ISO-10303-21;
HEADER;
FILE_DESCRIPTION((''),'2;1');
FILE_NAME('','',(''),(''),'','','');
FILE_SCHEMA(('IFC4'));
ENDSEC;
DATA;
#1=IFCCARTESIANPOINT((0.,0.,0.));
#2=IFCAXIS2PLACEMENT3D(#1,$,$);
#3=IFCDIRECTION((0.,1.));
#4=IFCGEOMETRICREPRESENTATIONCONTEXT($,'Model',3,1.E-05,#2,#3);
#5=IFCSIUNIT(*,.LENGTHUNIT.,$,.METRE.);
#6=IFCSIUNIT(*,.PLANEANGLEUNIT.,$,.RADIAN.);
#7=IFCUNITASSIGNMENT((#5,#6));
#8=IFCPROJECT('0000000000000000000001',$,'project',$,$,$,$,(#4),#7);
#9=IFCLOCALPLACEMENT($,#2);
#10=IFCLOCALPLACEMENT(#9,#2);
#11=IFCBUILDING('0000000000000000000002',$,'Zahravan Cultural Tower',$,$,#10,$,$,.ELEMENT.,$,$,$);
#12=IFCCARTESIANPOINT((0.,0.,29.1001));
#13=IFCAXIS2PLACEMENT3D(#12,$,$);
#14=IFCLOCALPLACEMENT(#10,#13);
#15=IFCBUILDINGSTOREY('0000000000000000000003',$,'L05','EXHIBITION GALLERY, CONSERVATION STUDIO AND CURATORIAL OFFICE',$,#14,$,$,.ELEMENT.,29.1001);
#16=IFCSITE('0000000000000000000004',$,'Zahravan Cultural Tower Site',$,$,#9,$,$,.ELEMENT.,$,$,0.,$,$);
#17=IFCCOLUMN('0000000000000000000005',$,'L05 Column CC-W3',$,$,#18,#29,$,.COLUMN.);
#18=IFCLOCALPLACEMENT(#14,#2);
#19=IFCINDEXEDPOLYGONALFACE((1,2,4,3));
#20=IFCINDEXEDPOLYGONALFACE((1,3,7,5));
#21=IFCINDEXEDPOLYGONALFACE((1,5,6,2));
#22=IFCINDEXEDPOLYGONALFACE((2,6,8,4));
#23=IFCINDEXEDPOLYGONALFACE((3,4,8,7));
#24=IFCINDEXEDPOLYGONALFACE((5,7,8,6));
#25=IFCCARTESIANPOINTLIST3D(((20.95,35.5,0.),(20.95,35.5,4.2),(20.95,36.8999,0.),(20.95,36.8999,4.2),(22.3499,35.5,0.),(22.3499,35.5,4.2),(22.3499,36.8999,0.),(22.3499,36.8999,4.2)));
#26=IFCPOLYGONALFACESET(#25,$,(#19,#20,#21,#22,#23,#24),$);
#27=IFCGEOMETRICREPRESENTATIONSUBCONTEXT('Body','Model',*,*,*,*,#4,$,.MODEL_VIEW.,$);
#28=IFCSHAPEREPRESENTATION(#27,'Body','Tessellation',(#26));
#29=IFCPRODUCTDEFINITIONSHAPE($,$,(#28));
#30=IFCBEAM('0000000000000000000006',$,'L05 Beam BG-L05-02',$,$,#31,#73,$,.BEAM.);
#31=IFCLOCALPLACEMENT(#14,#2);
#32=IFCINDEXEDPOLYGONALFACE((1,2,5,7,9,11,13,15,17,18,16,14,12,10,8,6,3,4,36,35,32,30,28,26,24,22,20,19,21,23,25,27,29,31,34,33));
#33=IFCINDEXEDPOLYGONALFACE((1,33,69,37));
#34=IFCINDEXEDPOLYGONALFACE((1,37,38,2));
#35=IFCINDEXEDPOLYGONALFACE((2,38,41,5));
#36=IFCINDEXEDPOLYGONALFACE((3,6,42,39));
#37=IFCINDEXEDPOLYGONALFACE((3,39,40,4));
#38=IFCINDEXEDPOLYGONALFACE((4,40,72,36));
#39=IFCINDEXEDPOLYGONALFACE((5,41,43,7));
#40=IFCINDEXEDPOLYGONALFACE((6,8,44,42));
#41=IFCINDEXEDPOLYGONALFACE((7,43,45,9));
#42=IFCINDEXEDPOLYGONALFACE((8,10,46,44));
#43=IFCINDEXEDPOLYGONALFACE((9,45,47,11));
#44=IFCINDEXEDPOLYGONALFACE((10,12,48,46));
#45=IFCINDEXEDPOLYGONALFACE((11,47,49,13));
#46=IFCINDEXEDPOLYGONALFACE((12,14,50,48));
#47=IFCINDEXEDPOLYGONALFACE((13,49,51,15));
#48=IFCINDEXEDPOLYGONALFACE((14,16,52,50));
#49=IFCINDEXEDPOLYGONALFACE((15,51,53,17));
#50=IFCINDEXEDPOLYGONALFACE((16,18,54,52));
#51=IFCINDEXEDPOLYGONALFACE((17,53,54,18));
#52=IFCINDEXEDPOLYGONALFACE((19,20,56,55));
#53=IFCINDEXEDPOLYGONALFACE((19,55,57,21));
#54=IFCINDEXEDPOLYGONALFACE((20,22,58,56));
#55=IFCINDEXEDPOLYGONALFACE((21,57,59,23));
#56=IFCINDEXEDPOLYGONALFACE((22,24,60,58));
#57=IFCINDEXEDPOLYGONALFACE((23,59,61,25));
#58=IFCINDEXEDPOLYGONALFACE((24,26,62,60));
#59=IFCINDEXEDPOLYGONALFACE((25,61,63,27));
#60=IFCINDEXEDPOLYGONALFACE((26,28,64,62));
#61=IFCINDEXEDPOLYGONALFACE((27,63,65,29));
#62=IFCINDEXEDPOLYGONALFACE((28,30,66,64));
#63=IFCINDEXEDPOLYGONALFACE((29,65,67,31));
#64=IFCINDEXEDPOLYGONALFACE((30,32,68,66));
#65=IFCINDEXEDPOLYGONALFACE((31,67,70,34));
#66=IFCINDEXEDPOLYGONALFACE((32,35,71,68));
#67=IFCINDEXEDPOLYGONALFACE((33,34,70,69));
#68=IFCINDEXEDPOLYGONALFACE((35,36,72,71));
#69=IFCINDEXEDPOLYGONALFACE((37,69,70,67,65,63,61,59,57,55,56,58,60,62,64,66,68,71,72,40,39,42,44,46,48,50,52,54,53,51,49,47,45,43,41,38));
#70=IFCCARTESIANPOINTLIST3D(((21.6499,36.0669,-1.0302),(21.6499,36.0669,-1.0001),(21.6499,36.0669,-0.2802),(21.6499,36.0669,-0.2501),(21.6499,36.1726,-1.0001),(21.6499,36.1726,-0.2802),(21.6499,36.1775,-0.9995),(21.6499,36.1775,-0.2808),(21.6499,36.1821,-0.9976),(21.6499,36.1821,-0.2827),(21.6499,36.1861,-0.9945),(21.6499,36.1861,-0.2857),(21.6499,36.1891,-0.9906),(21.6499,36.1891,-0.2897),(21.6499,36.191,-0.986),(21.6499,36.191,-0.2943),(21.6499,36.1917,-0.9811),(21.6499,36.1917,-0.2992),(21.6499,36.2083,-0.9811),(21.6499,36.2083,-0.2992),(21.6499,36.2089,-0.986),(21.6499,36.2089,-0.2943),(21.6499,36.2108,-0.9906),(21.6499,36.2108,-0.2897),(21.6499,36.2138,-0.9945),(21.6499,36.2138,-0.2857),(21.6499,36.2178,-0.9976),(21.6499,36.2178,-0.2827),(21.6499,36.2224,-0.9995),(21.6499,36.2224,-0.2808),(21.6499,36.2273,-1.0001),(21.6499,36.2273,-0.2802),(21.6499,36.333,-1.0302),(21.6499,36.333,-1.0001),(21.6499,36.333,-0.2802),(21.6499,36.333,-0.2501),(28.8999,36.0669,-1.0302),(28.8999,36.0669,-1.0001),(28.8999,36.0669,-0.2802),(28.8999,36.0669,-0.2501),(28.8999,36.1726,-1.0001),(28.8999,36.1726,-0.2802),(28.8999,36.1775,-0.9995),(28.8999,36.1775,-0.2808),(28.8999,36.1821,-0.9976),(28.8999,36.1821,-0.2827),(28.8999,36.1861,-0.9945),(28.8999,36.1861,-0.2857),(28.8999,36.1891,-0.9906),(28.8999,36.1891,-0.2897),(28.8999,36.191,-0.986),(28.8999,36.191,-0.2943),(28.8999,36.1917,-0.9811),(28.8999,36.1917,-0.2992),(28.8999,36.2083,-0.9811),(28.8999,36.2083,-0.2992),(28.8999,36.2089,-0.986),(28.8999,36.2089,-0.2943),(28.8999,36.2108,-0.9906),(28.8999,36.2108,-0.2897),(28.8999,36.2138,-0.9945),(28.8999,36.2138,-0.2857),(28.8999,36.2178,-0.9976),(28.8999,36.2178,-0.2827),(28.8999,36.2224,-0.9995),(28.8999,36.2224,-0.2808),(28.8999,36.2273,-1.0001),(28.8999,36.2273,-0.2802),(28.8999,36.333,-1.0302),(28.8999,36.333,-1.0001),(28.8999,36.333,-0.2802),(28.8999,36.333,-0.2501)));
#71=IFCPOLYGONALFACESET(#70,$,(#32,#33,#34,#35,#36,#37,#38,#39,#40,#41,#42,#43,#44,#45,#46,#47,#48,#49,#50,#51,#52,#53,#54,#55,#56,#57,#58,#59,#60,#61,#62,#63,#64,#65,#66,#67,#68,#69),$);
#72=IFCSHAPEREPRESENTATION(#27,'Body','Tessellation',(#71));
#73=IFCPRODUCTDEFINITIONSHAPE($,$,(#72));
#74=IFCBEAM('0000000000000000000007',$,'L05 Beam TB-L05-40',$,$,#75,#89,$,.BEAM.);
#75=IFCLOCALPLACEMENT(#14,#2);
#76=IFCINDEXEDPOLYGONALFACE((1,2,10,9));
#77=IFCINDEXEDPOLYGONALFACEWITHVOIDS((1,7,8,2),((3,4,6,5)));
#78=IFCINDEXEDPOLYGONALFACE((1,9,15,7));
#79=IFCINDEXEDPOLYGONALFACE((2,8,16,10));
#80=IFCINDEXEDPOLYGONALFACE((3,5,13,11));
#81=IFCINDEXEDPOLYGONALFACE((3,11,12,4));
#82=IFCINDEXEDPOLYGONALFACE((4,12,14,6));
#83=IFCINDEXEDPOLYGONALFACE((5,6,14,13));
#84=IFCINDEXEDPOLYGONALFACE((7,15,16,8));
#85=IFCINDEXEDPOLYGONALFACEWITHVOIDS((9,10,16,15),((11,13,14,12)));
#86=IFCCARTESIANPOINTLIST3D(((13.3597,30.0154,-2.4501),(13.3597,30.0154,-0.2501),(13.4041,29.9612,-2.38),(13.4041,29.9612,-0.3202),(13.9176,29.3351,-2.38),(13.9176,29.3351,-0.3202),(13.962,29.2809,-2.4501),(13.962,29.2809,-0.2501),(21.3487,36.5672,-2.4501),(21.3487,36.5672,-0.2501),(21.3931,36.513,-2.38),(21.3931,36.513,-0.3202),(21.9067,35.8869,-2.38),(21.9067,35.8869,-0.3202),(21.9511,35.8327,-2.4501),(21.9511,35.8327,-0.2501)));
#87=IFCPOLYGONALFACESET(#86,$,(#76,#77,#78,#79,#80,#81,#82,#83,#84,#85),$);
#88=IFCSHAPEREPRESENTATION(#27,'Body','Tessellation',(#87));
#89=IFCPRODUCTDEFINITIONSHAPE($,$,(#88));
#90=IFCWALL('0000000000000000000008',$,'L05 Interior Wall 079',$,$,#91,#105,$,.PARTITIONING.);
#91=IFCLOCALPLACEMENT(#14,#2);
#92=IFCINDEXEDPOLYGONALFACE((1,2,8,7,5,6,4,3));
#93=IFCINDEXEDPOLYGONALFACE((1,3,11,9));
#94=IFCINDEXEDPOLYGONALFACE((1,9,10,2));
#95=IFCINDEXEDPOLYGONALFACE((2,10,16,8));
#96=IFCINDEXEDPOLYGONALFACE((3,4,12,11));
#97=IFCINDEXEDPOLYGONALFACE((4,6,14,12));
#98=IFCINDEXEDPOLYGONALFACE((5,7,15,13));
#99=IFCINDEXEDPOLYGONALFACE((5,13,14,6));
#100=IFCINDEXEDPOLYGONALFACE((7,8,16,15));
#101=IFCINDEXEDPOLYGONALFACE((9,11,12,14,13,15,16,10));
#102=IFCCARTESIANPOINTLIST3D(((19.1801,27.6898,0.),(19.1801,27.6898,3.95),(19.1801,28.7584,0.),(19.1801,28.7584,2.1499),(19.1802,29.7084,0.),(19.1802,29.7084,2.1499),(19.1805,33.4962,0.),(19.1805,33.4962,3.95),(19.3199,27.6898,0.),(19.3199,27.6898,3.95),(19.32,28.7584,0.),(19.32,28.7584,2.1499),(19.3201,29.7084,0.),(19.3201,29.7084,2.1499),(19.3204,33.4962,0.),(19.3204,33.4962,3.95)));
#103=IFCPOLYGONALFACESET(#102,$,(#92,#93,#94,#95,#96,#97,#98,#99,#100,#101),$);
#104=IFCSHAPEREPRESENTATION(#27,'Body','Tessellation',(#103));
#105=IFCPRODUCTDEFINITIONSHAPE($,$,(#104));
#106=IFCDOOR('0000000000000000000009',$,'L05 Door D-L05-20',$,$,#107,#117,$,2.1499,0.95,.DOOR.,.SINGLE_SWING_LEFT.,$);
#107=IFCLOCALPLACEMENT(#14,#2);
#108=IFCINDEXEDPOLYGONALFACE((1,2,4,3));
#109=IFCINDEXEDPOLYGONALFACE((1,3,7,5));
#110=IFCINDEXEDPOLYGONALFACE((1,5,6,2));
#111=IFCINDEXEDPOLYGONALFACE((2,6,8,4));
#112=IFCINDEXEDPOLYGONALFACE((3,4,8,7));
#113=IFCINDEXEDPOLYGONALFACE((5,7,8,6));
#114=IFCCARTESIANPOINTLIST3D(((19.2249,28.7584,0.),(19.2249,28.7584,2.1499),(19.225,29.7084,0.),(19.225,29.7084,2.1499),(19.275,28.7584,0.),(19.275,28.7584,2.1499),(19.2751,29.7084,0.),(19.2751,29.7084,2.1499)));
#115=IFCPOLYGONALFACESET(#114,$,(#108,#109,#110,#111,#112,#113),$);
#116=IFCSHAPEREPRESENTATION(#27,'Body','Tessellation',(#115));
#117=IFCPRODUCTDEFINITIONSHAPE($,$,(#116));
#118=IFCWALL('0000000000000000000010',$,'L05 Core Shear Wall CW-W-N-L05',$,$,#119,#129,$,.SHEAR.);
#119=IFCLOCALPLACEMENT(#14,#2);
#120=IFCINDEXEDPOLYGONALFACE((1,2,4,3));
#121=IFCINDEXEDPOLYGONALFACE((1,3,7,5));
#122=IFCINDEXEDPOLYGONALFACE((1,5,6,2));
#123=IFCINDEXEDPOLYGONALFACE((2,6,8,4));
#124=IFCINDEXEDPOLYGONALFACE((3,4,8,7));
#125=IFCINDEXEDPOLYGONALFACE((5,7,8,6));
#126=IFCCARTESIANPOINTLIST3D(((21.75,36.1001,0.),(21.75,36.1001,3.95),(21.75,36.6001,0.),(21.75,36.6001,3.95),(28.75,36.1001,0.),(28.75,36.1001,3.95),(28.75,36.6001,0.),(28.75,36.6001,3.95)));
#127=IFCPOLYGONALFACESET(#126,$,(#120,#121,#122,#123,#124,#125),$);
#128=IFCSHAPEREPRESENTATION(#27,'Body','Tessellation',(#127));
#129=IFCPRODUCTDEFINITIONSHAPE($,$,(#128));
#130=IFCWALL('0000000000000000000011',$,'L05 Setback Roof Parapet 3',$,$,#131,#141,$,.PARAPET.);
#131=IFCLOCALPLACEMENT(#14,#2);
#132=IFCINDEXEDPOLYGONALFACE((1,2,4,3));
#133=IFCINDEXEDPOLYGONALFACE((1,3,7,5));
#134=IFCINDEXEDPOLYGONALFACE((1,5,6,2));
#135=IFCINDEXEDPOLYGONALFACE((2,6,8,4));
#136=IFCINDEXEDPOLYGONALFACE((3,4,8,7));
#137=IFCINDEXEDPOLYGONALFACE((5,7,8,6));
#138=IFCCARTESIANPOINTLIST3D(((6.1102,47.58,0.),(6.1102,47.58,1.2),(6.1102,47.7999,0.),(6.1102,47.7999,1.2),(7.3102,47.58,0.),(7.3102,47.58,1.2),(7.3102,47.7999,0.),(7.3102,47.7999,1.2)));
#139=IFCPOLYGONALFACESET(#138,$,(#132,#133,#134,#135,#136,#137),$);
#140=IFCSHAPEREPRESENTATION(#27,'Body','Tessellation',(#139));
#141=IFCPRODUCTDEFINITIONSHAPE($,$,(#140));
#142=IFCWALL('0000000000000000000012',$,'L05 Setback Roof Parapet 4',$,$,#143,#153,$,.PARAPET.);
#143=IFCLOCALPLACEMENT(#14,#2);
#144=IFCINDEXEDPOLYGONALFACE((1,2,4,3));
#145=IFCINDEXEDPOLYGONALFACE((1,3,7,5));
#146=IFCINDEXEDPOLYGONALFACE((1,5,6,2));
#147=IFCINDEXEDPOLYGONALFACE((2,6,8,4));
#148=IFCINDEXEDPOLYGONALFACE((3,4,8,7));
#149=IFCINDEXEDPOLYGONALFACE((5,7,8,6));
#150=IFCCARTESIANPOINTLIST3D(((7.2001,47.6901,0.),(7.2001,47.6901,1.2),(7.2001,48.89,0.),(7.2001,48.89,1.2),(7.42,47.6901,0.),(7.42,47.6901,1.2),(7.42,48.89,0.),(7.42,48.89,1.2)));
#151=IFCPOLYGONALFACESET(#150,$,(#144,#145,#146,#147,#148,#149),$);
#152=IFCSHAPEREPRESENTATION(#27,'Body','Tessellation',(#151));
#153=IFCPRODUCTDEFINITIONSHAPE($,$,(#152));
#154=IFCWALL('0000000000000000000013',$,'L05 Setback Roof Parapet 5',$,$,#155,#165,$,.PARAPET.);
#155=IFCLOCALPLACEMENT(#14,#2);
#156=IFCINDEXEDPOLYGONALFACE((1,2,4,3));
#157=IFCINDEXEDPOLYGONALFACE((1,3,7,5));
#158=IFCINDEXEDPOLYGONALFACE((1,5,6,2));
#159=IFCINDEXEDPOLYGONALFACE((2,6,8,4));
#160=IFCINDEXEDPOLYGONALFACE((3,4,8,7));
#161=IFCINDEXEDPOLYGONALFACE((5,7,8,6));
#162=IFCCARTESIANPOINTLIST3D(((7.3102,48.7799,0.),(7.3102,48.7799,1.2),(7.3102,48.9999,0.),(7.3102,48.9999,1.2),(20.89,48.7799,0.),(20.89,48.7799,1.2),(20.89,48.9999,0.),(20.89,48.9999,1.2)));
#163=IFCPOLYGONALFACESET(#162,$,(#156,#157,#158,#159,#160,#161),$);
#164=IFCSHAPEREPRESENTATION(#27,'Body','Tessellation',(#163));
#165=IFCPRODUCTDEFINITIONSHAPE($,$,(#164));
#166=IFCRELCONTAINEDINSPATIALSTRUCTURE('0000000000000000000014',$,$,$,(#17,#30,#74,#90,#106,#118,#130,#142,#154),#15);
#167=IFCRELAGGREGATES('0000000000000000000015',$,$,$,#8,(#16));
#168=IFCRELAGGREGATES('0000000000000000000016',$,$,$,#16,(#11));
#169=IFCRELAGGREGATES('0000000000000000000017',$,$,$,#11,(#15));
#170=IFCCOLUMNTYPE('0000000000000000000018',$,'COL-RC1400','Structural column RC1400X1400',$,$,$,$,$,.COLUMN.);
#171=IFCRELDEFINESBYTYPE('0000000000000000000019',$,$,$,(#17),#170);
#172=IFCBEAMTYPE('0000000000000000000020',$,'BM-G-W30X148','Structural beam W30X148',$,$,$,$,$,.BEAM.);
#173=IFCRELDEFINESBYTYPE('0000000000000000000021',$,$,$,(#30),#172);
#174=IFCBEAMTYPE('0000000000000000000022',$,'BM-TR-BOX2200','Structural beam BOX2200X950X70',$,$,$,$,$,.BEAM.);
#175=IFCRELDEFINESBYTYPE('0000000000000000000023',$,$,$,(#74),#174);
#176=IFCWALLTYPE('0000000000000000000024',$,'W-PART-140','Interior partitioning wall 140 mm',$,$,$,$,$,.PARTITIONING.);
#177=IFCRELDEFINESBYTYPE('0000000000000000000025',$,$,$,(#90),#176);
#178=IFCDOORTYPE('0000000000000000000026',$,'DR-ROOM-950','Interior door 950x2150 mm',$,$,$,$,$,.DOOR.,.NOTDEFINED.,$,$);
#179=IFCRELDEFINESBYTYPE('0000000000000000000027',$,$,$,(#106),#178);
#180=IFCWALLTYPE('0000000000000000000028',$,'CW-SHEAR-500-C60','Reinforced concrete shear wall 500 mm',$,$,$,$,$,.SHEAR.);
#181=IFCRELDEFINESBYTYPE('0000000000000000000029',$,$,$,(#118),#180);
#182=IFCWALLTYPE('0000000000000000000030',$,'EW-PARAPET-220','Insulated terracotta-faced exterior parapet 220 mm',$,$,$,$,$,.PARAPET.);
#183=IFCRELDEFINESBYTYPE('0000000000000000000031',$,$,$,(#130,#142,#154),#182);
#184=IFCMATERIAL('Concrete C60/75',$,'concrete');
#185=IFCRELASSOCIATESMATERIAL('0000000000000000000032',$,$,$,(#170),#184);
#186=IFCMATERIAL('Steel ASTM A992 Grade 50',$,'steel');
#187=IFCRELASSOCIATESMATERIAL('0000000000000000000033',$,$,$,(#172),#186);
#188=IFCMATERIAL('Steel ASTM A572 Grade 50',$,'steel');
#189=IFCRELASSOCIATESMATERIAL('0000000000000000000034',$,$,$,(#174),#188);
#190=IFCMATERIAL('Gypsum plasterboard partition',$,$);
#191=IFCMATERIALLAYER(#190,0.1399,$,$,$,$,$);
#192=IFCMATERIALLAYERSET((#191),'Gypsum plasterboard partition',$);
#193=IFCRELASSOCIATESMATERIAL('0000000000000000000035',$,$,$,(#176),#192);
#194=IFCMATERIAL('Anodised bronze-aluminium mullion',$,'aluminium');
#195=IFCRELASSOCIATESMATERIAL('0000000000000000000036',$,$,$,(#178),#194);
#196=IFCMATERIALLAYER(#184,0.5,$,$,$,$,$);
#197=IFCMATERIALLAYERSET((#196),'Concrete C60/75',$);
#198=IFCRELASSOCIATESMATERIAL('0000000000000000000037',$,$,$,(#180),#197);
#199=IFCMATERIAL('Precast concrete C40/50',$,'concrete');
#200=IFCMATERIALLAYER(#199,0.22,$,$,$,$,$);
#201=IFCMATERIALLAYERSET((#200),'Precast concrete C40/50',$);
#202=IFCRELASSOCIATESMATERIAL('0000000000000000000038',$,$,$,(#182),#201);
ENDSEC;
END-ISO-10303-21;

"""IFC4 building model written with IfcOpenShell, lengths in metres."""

from ifc_helpers import new_model, si_unit, direction, frame, frame_2d, origin, origin_2d, place, context, subcontext, project, spatial, rectangle, hollow_rectangle, i_section, extrude, source, transform, mapped, material, layer, layer_set, material_profile, profile_set, type_object, element, fill, save


model = new_model("IFC4")

# Units and contexts
model_context = context("Model", 3, precision=1e-05, world=origin(), true_north=direction((0.0, 1.0)))
body_context = subcontext(model_context, "Body", "Model", "MODEL_VIEW")
ifc_project = project(units=[si_unit("LENGTHUNIT", "METRE"), si_unit("PLANEANGLEUNIT", "RADIAN")], contexts=[model_context])

# Site, building, storey
site_placement = place(None, origin())
site = spatial("IfcSite", under=ifc_project, at=site_placement, Name="Zahravan Cultural Tower Site", CompositionType="ELEMENT", RefElevation=0.0)
building_placement = place(site_placement, origin())
building = spatial("IfcBuilding", under=site, at=building_placement, Name="Zahravan Cultural Tower", CompositionType="ELEMENT")
storey_placement = place(building_placement, frame((0.0, 0.0, 29.1001)))
storey = spatial("IfcBuildingStorey", under=building, at=storey_placement, Name="L05", Description="EXHIBITION GALLERY, CONSERVATION STUDIO AND CURATORIAL OFFICE", CompositionType="ELEMENT", Elevation=29.1001)

# Column
ifc_material_1 = material(Name="Concrete C60/75", Category="concrete")
ifc_material_profile_1 = material_profile(ifc_material_1, rectangle(XDim=1.3999, YDim=1.3999, at=origin_2d()), Name="RC1400X1400")
ifc_profile_set_1 = profile_set([ifc_material_profile_1], Name="Concrete C60/75")
column_type = type_object("IfcColumnType", Name="COL-RC1400", Description="Structural column RC1400X1400", PredefinedType="COLUMN", material=ifc_profile_set_1)
shared_shape_1 = source(origin(), body_context, "Body", "SweptSolid", [
    extrude(rectangle(XDim=1.3999, YDim=1.3999, at=origin_2d()), origin(), (0.0, 0.0, 1.0), 4.2),
])
column_placement = place(storey_placement, frame((21.6499, 36.2, 0.0), z_axis=(0.0, 0.0, 1.0), x_axis=(1.0, 0.0, 0.0)))
element("IfcColumn", 1, at=column_placement, inside=storey, type_object=column_type, Name="L05 Column CC-W3", PredefinedType="COLUMN", context=body_context, shape_type="MappedRepresentation", body=[
    mapped(shared_shape_1, transform((0.0, 0.0, 0.0), x_axis=(1.0, 0.0, 0.0), y_axis=(0.0, 1.0, 0.0), z_axis=(0.0, 0.0, 1.0), scale=1.0)),
])

# Beams
ifc_material_2 = material(Name="Steel ASTM A992 Grade 50", Category="steel")
ifc_material_profile_2 = material_profile(ifc_material_2, i_section(OverallWidth=0.2661, OverallDepth=0.78, WebThickness=0.0166, FlangeThickness=0.03, FilletRadius=0.019, at=origin_2d()), Name="W30X148")
ifc_profile_set_2 = profile_set([ifc_material_profile_2], Name="Steel ASTM A992 Grade 50")
beam_type_1 = type_object("IfcBeamType", Name="BM-G-W30X148", Description="Structural beam W30X148", PredefinedType="BEAM", material=ifc_profile_set_2)
shared_shape_2 = source(origin(), body_context, "Body", "SweptSolid", [
    extrude(i_section(OverallWidth=0.2661, OverallDepth=0.78, WebThickness=0.0166, FlangeThickness=0.03, FilletRadius=0.019, at=origin_2d()), origin(), (0.0, 0.0, 1.0), 7.25),
])
beam_1_placement = place(storey_placement, frame((21.6499, 36.2, -0.6401), z_axis=(1.0, 0.0, 0.0), x_axis=(0.0, 1.0, 0.0)))
element("IfcBeam", 2, at=beam_1_placement, inside=storey, type_object=beam_type_1, Name="L05 Beam BG-L05-02", PredefinedType="BEAM", context=body_context, shape_type="MappedRepresentation", body=[
    mapped(shared_shape_2, transform((0.0, 0.0, 0.0), x_axis=(1.0, 0.0, 0.0), y_axis=(0.0, 1.0, 0.0), z_axis=(0.0, 0.0, 1.0), scale=1.0)),
])
ifc_material_3 = material(Name="Steel ASTM A572 Grade 50", Category="steel")
ifc_material_profile_3 = material_profile(ifc_material_3, hollow_rectangle(XDim=0.95, YDim=2.2, WallThickness=0.0701, at=origin_2d()), Name="BOX2200X950X70")
ifc_profile_set_3 = profile_set([ifc_material_profile_3], Name="Steel ASTM A572 Grade 50")
beam_type_2 = type_object("IfcBeamType", Name="BM-TR-BOX2200", Description="Structural beam BOX2200X950X70", PredefinedType="BEAM", material=ifc_profile_set_3)
shared_shape_3 = source(origin(), body_context, "Body", "SweptSolid", [
    extrude(hollow_rectangle(XDim=0.95, YDim=2.2, WallThickness=0.0701, at=origin_2d()), origin(), (0.0, 0.0, 1.0), 10.332),
])
beam_2_placement = place(storey_placement, frame((21.6499, 36.2, -1.3501), z_axis=(-0.773231, -0.634124, 0.0), x_axis=(0.634124, -0.773231, 0.0)))
element("IfcBeam", 3, at=beam_2_placement, inside=storey, type_object=beam_type_2, Name="L05 Beam TB-L05-40", PredefinedType="BEAM", context=body_context, shape_type="MappedRepresentation", body=[
    mapped(shared_shape_3, transform((0.0, 0.0, 0.0), x_axis=(1.0, 0.0, 0.0), y_axis=(0.0, 1.0, 0.0), z_axis=(0.0, 0.0, 1.0), scale=1.0)),
])

# Wall, opening, door
ifc_material_4 = material(Name="Gypsum plasterboard partition")
ifc_layer_1 = layer(ifc_material_4, 0.1399)
ifc_layer_set_1 = layer_set([ifc_layer_1], Name="Gypsum plasterboard partition")
wall_type_1 = type_object("IfcWallType", Name="W-PART-140", Description="Interior partitioning wall 140 mm", PredefinedType="PARTITIONING", material=ifc_layer_set_1)
wall_1_placement = place(storey_placement, frame((19.2505, 33.4963, 0.0), z_axis=(0.0, 0.0, 1.0), x_axis=(-0.000084, -1.0, 0.0)))
wall_1 = element("IfcWall", 4, at=wall_1_placement, inside=storey, type_object=wall_type_1, Name="L05 Interior Wall 079", PredefinedType="PARTITIONING", context=body_context, shape_type="SweptSolid", body=[
    extrude(rectangle(XDim=5.8064, YDim=0.1399, at=frame_2d((2.9033, 0.0))), origin(), (0.0, 0.0, 1.0), 3.95),
])
opening_placement = place(wall_1_placement, frame((3.7878, 0.0, 0.0)))
opening = element("IfcOpeningElement", 5, at=opening_placement, cuts=wall_1, PredefinedType="OPENING", context=body_context, shape_type="SweptSolid", body=[
    extrude(rectangle(XDim=0.95, YDim=2.1499, at=frame_2d((0.4751, 1.075))), frame((0.0, 0.0798, 0.0), z_axis=(0.0, -1.0, 0.0), x_axis=(1.0, 0.0, 0.0)), (0.0, 0.0, 1.0), 0.1599),
])
ifc_material_5 = material(Name="Anodised bronze-aluminium mullion", Category="aluminium")
door_type = type_object("IfcDoorType", Name="DR-ROOM-950", Description="Interior door 950x2150 mm", OperationType="NOTDEFINED", PredefinedType="DOOR", material=ifc_material_5)
shared_shape_4 = source(origin(), body_context, "Body", "SweptSolid", [
    extrude(rectangle(XDim=0.95, YDim=2.1499, at=frame_2d((0.4751, 1.075))), frame((0.0, 0.0249, 0.0), z_axis=(0.0, -1.0, 0.0), x_axis=(1.0, 0.0, 0.0)), (0.0, 0.0, 1.0), 0.05),
])
door_placement = place(opening_placement, origin())
door = element("IfcDoor", 6, at=door_placement, inside=storey, type_object=door_type, Name="L05 Door D-L05-20", OperationType="SINGLE_SWING_LEFT", OverallHeight=2.1499, OverallWidth=0.95, PredefinedType="DOOR", context=body_context, shape_type="MappedRepresentation", body=[
    mapped(shared_shape_4, transform((0.0, 0.0, 0.0), x_axis=(1.0, 0.0, 0.0), y_axis=(0.0, 1.0, 0.0), z_axis=(0.0, 0.0, 1.0), scale=1.0)),
])
fill(opening, door)

# Walls
ifc_layer_2 = layer(ifc_material_1, 0.5)
ifc_layer_set_2 = layer_set([ifc_layer_2], Name="Concrete C60/75")
wall_type_2 = type_object("IfcWallType", Name="CW-SHEAR-500-C60", Description="Reinforced concrete shear wall 500 mm", PredefinedType="SHEAR", material=ifc_layer_set_2)
shared_shape_5 = source(origin(), body_context, "Body", "SweptSolid", [
    extrude(rectangle(XDim=7.0, YDim=0.5, at=frame_2d((3.5, 0.0))), origin(), (0.0, 0.0, 1.0), 3.95),
])
wall_2_placement = place(storey_placement, frame((21.75, 36.3501, 0.0), z_axis=(0.0, 0.0, 1.0), x_axis=(1.0, 0.0, 0.0)))
element("IfcWall", 7, at=wall_2_placement, inside=storey, type_object=wall_type_2, Name="L05 Core Shear Wall CW-W-N-L05", PredefinedType="SHEAR", context=body_context, shape_type="MappedRepresentation", body=[
    mapped(shared_shape_5, transform((0.0, 0.0, 0.0), x_axis=(1.0, 0.0, 0.0), y_axis=(0.0, 1.0, 0.0), z_axis=(0.0, 0.0, 1.0), scale=1.0)),
])
ifc_material_6 = material(Name="Precast concrete C40/50", Category="concrete")
ifc_layer_3 = layer(ifc_material_6, 0.22)
ifc_layer_set_3 = layer_set([ifc_layer_3], Name="Precast concrete C40/50")
wall_type_3 = type_object("IfcWallType", Name="EW-PARAPET-220", Description="Insulated terracotta-faced exterior parapet 220 mm", PredefinedType="PARAPET", material=ifc_layer_set_3)
shared_shape_6 = source(origin(), body_context, "Body", "SweptSolid", [
    extrude(rectangle(XDim=1.2, YDim=0.22, at=frame_2d((0.6001, 0.0))), origin(), (0.0, 0.0, 1.0), 1.2),
])
for number, where, z_axis, x_axis, name in (
    (8, (6.1101, 47.6899, 0.0), (0.0, 0.0, 1.0), (1.0, 0.0, 0.0), "L05 Setback Roof Parapet 3"),
    (9, (7.3101, 47.6899, 0.0), (0.0, 0.0, 1.0), (0.0, 1.0, 0.0), "L05 Setback Roof Parapet 4"),
):
    element("IfcWall", number, at=place(storey_placement, frame(where, z_axis=z_axis, x_axis=x_axis)), inside=storey, type_object=wall_type_3, Name=name, PredefinedType="PARAPET", context=body_context, shape_type="MappedRepresentation", body=[
        mapped(shared_shape_6, transform((0.0, 0.0, 0.0), x_axis=(1.0, 0.0, 0.0), y_axis=(0.0, 1.0, 0.0), z_axis=(0.0, 0.0, 1.0), scale=1.0)),
    ])
shared_shape_7 = source(origin(), body_context, "Body", "SweptSolid", [
    extrude(rectangle(XDim=13.5798, YDim=0.22, at=frame_2d((6.79, 0.0))), origin(), (0.0, 0.0, 1.0), 1.2),
])
wall_3_placement = place(storey_placement, frame((7.3101, 48.8899, 0.0), z_axis=(0.0, 0.0, 1.0), x_axis=(1.0, 0.0, 0.0)))
element("IfcWall", 10, at=wall_3_placement, inside=storey, type_object=wall_type_3, Name="L05 Setback Roof Parapet 5", PredefinedType="PARAPET", context=body_context, shape_type="MappedRepresentation", body=[
    mapped(shared_shape_7, transform((0.0, 0.0, 0.0), x_axis=(1.0, 0.0, 0.0), y_axis=(0.0, 1.0, 0.0), z_axis=(0.0, 0.0, 1.0), scale=1.0)),
])

save(model, "model.ifc")
